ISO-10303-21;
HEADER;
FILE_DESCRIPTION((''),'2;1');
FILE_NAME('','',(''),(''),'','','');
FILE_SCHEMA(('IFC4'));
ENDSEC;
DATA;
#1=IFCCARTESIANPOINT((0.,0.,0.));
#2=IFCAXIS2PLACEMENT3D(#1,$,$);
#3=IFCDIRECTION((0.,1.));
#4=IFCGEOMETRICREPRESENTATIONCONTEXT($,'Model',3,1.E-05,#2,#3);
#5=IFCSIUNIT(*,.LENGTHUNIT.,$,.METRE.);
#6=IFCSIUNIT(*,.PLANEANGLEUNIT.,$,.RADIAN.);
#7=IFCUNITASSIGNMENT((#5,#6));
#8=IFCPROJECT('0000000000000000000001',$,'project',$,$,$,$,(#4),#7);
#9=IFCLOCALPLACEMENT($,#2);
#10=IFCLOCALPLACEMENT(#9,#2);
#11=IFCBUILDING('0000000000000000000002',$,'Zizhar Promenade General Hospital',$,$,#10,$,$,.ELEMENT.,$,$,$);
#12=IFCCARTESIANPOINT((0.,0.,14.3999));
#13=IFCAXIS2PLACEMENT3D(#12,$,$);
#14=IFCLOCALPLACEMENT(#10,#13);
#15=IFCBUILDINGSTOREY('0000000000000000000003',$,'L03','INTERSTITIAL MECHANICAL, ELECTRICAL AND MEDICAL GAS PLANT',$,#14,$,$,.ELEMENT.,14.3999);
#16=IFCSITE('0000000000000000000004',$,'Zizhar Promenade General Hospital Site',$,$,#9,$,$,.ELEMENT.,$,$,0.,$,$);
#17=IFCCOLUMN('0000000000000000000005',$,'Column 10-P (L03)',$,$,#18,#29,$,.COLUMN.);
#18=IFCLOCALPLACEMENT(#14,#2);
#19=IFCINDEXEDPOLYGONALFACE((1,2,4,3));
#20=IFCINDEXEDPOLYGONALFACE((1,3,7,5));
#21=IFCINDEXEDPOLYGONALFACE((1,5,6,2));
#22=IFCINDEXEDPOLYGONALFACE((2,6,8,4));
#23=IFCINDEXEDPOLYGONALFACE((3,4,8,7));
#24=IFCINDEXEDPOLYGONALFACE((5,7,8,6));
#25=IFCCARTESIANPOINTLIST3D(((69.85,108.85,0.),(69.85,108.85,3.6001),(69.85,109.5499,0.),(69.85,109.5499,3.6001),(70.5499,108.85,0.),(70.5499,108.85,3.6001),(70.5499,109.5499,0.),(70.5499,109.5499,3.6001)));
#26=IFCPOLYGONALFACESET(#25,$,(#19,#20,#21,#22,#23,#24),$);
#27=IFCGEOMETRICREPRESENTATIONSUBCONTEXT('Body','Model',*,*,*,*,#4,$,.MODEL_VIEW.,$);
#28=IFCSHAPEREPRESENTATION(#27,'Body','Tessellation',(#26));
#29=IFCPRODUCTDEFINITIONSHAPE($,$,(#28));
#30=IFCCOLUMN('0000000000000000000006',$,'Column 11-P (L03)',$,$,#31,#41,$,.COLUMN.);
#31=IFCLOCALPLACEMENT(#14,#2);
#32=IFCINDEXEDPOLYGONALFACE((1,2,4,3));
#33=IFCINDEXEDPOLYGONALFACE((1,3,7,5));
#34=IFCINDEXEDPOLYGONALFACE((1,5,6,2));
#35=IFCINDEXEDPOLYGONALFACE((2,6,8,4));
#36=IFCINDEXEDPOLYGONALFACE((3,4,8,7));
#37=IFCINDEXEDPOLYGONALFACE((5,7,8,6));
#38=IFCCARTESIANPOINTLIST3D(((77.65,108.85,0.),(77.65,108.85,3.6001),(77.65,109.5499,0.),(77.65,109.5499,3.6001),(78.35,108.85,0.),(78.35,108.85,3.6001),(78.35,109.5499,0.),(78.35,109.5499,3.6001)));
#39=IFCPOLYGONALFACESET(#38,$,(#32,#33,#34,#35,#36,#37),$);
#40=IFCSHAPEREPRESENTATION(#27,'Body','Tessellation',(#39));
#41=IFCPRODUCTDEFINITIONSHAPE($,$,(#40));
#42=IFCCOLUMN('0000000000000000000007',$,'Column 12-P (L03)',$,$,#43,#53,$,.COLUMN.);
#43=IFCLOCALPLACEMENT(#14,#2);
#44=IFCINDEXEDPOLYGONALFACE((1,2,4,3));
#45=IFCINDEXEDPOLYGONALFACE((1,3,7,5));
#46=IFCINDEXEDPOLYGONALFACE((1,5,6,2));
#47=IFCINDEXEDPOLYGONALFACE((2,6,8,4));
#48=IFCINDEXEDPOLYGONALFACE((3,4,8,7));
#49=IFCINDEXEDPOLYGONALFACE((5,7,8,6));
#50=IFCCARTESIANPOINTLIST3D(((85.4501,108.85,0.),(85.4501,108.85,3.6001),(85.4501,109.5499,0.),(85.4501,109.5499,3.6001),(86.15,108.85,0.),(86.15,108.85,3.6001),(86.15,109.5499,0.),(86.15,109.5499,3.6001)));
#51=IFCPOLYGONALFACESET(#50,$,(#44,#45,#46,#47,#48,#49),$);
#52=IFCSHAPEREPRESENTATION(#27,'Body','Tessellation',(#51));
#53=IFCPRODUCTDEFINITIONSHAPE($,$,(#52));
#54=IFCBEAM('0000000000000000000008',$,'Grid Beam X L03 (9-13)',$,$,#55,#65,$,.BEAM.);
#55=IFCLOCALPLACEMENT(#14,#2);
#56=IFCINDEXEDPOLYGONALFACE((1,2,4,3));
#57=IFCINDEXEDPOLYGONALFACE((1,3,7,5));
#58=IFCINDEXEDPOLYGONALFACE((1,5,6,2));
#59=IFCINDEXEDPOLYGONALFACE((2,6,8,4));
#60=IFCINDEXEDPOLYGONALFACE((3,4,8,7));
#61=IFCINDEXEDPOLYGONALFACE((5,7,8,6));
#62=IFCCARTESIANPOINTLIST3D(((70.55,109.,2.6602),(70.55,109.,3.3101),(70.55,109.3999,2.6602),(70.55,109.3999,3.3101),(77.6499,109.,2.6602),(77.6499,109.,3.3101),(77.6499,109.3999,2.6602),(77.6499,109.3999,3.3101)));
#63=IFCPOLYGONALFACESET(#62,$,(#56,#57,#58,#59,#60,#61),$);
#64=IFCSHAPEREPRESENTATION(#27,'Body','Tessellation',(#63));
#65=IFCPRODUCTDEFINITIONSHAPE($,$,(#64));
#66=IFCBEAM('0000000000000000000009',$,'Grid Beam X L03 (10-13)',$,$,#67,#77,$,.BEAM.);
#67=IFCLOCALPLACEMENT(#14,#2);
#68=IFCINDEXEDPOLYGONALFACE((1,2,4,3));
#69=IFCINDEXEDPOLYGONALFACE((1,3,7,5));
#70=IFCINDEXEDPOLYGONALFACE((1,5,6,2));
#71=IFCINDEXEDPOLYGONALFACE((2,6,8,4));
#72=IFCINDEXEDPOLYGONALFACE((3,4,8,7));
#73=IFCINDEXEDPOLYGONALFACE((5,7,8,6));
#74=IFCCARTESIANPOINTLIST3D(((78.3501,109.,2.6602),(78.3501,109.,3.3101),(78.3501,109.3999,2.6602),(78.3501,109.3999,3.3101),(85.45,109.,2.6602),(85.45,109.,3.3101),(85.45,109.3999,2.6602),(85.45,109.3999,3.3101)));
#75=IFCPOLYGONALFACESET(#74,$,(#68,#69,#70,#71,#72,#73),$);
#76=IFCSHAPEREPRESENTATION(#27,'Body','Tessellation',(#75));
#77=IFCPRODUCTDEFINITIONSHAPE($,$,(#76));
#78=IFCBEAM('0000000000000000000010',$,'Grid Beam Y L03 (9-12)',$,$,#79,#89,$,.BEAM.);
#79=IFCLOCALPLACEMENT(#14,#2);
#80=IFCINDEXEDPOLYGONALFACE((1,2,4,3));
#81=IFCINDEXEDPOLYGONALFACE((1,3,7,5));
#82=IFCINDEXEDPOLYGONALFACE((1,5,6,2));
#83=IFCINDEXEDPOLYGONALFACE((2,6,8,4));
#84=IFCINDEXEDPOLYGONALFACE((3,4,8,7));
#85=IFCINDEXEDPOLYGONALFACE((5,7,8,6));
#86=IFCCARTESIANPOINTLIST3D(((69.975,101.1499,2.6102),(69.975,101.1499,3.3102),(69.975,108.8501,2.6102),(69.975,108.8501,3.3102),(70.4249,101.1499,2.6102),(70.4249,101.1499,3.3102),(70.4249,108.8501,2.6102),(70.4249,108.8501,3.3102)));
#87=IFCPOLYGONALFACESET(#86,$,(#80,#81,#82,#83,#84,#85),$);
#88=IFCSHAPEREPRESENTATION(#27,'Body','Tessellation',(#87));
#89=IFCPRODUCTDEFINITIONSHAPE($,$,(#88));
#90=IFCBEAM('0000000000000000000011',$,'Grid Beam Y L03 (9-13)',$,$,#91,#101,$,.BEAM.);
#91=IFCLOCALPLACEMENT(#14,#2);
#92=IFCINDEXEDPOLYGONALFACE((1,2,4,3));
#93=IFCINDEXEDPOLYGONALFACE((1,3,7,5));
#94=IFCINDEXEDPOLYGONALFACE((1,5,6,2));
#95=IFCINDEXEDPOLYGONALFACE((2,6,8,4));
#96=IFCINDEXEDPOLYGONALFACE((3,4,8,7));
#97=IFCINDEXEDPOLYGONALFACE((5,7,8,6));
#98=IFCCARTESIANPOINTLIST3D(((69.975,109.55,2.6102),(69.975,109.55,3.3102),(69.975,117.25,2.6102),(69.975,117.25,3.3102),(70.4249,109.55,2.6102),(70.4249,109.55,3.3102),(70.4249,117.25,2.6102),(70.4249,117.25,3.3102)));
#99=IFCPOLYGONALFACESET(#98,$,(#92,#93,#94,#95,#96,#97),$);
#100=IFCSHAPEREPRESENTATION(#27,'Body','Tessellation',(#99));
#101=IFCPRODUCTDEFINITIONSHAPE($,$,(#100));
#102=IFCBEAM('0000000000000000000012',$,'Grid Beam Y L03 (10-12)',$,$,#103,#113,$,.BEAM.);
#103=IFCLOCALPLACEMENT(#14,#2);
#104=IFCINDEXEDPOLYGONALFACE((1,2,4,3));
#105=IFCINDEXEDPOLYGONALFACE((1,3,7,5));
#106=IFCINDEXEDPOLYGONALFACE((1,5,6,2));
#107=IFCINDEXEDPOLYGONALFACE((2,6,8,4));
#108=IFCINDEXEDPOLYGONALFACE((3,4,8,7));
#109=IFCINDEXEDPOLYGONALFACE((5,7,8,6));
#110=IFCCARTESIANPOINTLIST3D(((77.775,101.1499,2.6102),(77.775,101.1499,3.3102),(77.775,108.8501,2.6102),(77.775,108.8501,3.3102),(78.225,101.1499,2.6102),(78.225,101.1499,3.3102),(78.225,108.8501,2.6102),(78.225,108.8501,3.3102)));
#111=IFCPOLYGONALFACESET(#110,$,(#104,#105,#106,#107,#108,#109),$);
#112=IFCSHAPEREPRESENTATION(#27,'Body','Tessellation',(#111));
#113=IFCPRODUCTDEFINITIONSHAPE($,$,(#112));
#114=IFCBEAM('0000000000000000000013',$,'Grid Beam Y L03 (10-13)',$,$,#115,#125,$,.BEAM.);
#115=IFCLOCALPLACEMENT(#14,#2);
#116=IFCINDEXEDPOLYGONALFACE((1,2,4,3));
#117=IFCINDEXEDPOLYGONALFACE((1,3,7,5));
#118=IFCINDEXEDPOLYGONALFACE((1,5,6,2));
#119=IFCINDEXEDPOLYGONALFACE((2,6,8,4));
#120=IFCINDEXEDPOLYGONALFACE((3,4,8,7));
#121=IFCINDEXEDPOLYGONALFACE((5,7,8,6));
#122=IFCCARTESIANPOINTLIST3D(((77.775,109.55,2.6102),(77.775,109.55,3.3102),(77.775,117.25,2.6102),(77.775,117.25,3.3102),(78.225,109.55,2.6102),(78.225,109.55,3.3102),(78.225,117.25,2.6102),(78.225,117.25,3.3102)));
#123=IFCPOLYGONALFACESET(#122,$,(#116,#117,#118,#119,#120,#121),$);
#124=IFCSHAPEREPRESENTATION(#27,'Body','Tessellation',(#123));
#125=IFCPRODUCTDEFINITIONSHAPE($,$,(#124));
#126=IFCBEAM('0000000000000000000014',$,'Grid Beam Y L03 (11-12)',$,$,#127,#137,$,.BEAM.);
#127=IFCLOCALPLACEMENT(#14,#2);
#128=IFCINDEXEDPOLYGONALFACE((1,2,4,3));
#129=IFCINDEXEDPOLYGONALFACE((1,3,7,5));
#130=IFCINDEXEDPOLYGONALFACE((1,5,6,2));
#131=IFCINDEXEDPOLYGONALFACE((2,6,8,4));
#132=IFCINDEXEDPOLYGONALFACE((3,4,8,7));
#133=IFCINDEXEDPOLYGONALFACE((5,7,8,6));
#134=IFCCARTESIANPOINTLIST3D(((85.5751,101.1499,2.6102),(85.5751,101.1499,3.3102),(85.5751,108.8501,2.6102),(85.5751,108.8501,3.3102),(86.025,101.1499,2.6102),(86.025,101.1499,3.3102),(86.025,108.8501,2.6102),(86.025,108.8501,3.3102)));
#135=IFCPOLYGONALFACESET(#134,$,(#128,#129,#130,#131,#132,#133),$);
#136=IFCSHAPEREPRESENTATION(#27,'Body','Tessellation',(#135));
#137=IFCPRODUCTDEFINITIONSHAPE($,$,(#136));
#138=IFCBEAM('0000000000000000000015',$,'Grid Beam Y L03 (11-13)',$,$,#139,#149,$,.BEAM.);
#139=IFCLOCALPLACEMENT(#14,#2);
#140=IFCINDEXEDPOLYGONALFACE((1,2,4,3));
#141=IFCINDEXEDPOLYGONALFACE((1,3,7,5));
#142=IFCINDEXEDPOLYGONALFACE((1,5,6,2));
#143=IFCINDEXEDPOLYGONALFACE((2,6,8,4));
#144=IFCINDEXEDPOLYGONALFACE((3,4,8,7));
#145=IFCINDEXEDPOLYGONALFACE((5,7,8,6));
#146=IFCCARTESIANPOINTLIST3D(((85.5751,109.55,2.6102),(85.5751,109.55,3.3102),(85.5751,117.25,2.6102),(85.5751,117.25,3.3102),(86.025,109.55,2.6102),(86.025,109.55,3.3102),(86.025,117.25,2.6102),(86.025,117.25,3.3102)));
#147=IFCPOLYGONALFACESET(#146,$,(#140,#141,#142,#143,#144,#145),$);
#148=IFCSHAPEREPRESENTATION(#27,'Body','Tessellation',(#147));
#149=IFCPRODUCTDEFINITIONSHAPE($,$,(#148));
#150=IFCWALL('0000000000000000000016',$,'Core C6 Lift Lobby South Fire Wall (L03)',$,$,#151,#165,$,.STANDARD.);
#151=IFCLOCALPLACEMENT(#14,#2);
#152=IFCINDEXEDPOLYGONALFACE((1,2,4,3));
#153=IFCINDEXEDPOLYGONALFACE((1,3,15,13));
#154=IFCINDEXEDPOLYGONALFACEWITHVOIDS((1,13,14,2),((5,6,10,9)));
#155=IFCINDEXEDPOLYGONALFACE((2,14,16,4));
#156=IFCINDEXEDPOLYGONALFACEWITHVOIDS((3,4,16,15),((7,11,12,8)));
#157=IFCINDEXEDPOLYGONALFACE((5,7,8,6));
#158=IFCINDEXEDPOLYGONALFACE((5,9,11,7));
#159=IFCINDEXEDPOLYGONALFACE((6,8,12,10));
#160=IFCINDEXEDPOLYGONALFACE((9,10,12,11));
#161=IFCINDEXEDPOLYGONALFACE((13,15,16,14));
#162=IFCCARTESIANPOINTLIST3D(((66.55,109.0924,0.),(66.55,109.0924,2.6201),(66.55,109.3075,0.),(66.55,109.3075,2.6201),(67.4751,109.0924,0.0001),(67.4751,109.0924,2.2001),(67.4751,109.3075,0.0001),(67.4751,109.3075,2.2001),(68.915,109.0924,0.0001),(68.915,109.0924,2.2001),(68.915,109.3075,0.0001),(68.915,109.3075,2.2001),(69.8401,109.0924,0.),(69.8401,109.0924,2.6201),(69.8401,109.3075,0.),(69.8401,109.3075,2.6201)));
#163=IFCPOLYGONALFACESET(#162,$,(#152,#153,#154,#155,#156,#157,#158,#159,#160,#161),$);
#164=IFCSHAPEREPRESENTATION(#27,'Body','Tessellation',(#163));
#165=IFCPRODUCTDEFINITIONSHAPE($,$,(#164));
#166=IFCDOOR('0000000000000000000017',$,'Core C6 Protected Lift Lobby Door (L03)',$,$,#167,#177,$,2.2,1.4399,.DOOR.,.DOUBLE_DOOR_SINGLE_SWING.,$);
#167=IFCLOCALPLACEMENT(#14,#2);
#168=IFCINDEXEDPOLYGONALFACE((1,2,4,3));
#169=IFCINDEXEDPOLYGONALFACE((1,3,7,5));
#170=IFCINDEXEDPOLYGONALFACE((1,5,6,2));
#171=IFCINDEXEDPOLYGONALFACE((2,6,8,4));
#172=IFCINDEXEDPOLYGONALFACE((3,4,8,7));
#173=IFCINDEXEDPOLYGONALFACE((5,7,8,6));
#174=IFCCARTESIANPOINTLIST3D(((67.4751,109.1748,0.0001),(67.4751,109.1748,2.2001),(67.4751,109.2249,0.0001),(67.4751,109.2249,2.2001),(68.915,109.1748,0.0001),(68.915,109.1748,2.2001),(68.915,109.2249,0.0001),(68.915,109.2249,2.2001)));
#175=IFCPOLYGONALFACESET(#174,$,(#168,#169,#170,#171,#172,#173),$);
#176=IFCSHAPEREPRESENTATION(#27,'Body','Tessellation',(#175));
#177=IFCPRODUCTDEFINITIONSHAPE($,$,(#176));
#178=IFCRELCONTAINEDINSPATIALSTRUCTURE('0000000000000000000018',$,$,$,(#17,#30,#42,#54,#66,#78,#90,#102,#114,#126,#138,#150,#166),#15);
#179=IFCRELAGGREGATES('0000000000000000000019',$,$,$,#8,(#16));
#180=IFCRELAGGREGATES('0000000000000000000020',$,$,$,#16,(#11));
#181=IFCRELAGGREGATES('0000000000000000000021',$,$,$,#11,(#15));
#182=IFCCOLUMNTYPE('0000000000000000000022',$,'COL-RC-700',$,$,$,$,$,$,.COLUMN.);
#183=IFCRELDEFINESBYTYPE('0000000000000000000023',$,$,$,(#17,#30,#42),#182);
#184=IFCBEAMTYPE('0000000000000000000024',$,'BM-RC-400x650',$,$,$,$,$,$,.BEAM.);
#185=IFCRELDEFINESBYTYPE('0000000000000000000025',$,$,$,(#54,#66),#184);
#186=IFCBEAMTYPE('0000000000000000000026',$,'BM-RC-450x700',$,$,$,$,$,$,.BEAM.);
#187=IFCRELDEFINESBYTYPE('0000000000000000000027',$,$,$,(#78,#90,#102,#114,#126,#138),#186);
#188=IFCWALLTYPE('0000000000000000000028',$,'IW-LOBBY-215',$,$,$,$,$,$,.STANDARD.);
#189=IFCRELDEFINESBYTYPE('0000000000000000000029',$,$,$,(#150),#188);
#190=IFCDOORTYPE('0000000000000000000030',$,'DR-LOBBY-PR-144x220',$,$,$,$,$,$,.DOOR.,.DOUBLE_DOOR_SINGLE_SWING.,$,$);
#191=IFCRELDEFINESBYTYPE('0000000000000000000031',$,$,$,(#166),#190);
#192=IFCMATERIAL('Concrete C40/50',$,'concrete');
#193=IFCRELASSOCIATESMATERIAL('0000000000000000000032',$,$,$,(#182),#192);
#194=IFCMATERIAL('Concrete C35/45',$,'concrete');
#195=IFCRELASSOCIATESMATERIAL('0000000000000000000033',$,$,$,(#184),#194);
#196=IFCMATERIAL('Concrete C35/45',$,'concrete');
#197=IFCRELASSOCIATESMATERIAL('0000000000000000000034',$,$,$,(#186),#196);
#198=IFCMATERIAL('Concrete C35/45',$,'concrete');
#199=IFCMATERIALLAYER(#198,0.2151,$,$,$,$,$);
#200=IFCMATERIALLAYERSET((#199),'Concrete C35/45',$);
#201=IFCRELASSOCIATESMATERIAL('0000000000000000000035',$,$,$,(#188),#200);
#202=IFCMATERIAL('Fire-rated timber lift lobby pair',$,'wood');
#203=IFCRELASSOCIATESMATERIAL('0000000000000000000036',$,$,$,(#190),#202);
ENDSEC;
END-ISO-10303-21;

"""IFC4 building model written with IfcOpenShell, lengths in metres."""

from ifc_helpers import new_model, si_unit, direction, frame, frame_2d, origin, origin_2d, place, context, subcontext, project, spatial, rectangle, extrude, material, layer, layer_set, material_profile, profile_set, type_object, element, fill, save


model = new_model("IFC4")

# Units and contexts
model_context = context("Model", 3, precision=1e-05, world=origin(), true_north=direction((0.0, 1.0)))
body_context = subcontext(model_context, "Body", "Model", "MODEL_VIEW")
ifc_project = project(units=[si_unit("LENGTHUNIT", "METRE"), si_unit("PLANEANGLEUNIT", "RADIAN")], contexts=[model_context])

# Site, building, storey
site_placement = place(None, origin())
site = spatial("IfcSite", under=ifc_project, at=site_placement, Name="Zizhar Promenade General Hospital Site", CompositionType="ELEMENT", RefElevation=0.0)
building_placement = place(site_placement, origin())
building = spatial("IfcBuilding", under=site, at=building_placement, Name="Zizhar Promenade General Hospital", CompositionType="ELEMENT")
storey_placement = place(building_placement, frame((0.0, 0.0, 14.3999)))
storey = spatial("IfcBuildingStorey", under=building, at=storey_placement, Name="L03", Description="INTERSTITIAL MECHANICAL, ELECTRICAL AND MEDICAL GAS PLANT", CompositionType="ELEMENT", Elevation=14.3999)

# Columns
ifc_material_1 = material(Name="Concrete C40/50", Category="concrete")
ifc_material_profile_1 = material_profile(ifc_material_1, rectangle(XDim=0.7, YDim=0.7, at=origin_2d()))
ifc_profile_set_1 = profile_set([ifc_material_profile_1], Name="Concrete C40/50")
column_type = type_object("IfcColumnType", Name="COL-RC-700", PredefinedType="COLUMN", material=ifc_profile_set_1)
for number, where, z_axis, x_axis, name in (
    (1, (70.2, 109.2, 0.0), (0.0, 0.0, 1.0), (1.0, 0.0, 0.0), "Column 10-P (L03)"),
    (2, (78.0, 109.2, 0.0), (0.0, 0.0, 1.0), (1.0, 0.0, 0.0), "Column 11-P (L03)"),
    (3, (85.8, 109.2, 0.0), (0.0, 0.0, 1.0), (1.0, 0.0, 0.0), "Column 12-P (L03)"),
):
    element("IfcColumn", number, at=place(storey_placement, frame(where, z_axis=z_axis, x_axis=x_axis)), inside=storey, type_object=column_type, Name=name, PredefinedType="COLUMN", context=body_context, shape_type="SweptSolid", body=[
        extrude(rectangle(XDim=0.7, YDim=0.7, at=origin_2d()), origin(), (0.0, 0.0, 1.0), 3.6001),
    ])

# Beams
ifc_material_2 = material(Name="Concrete C35/45", Category="concrete")
ifc_material_profile_2 = material_profile(ifc_material_2, rectangle(XDim=0.3999, YDim=0.6499, at=origin_2d()))
ifc_profile_set_2 = profile_set([ifc_material_profile_2], Name="Concrete C35/45")
beam_type_1 = type_object("IfcBeamType", Name="BM-RC-400x650", PredefinedType="BEAM", material=ifc_profile_set_2)
for number, where, z_axis, x_axis, name in (
    (4, (70.55, 109.2, 2.9851), (1.0, 0.0, 0.0), (0.0, 1.0, 0.0), "Grid Beam X L03 (9-13)"),
    (5, (78.3501, 109.2, 2.9851), (1.0, 0.0, 0.0), (0.0, 1.0, 0.0), "Grid Beam X L03 (10-13)"),
):
    element("IfcBeam", number, at=place(storey_placement, frame(where, z_axis=z_axis, x_axis=x_axis)), inside=storey, type_object=beam_type_1, Name=name, PredefinedType="BEAM", context=body_context, shape_type="SweptSolid", body=[
        extrude(rectangle(XDim=0.3999, YDim=0.6499, at=origin_2d()), origin(), (0.0, 0.0, 1.0), 7.0999),
    ])
ifc_material_3 = material(Name="Concrete C35/45", Category="concrete")
ifc_material_profile_3 = material_profile(ifc_material_3, rectangle(XDim=0.45, YDim=0.7, at=origin_2d()))
ifc_profile_set_3 = profile_set([ifc_material_profile_3], Name="Concrete C35/45")
beam_type_2 = type_object("IfcBeamType", Name="BM-RC-450x700", PredefinedType="BEAM", material=ifc_profile_set_3)
beam_1_placement = place(storey_placement, frame((70.2, 101.1499, 2.9602), z_axis=(0.0, 1.0, 0.0), x_axis=(-1.0, 0.0, 0.0)))
element("IfcBeam", 6, at=beam_1_placement, inside=storey, type_object=beam_type_2, Name="Grid Beam Y L03 (9-12)", PredefinedType="BEAM", context=body_context, shape_type="SweptSolid", body=[
    extrude(rectangle(XDim=0.45, YDim=0.7, at=origin_2d()), origin(), (0.0, 0.0, 1.0), 7.7002),
])
beam_2_placement = place(storey_placement, frame((70.2, 109.55, 2.9602), z_axis=(0.0, 1.0, 0.0), x_axis=(-1.0, 0.0, 0.0)))
element("IfcBeam", 7, at=beam_2_placement, inside=storey, type_object=beam_type_2, Name="Grid Beam Y L03 (9-13)", PredefinedType="BEAM", context=body_context, shape_type="SweptSolid", body=[
    extrude(rectangle(XDim=0.45, YDim=0.7, at=origin_2d()), origin(), (0.0, 0.0, 1.0), 7.7),
])
beam_3_placement = place(storey_placement, frame((78.0, 101.1499, 2.9602), z_axis=(0.0, 1.0, 0.0), x_axis=(-1.0, 0.0, 0.0)))
element("IfcBeam", 8, at=beam_3_placement, inside=storey, type_object=beam_type_2, Name="Grid Beam Y L03 (10-12)", PredefinedType="BEAM", context=body_context, shape_type="SweptSolid", body=[
    extrude(rectangle(XDim=0.45, YDim=0.7, at=origin_2d()), origin(), (0.0, 0.0, 1.0), 7.7002),
])
beam_4_placement = place(storey_placement, frame((78.0, 109.55, 2.9602), z_axis=(0.0, 1.0, 0.0), x_axis=(-1.0, 0.0, 0.0)))
element("IfcBeam", 9, at=beam_4_placement, inside=storey, type_object=beam_type_2, Name="Grid Beam Y L03 (10-13)", PredefinedType="BEAM", context=body_context, shape_type="SweptSolid", body=[
    extrude(rectangle(XDim=0.45, YDim=0.7, at=origin_2d()), origin(), (0.0, 0.0, 1.0), 7.7),
])
beam_5_placement = place(storey_placement, frame((85.8, 101.1499, 2.9602), z_axis=(0.0, 1.0, 0.0), x_axis=(-1.0, 0.0, 0.0)))
element("IfcBeam", 10, at=beam_5_placement, inside=storey, type_object=beam_type_2, Name="Grid Beam Y L03 (11-12)", PredefinedType="BEAM", context=body_context, shape_type="SweptSolid", body=[
    extrude(rectangle(XDim=0.45, YDim=0.7, at=origin_2d()), origin(), (0.0, 0.0, 1.0), 7.7002),
])
beam_6_placement = place(storey_placement, frame((85.8, 109.55, 2.9602), z_axis=(0.0, 1.0, 0.0), x_axis=(-1.0, 0.0, 0.0)))
element("IfcBeam", 11, at=beam_6_placement, inside=storey, type_object=beam_type_2, Name="Grid Beam Y L03 (11-13)", PredefinedType="BEAM", context=body_context, shape_type="SweptSolid", body=[
    extrude(rectangle(XDim=0.45, YDim=0.7, at=origin_2d()), origin(), (0.0, 0.0, 1.0), 7.7),
])

# Wall, opening, door
ifc_material_4 = material(Name="Concrete C35/45", Category="concrete")
ifc_layer_1 = layer(ifc_material_4, 0.2151)
ifc_layer_set_1 = layer_set([ifc_layer_1], Name="Concrete C35/45")
wall_type_1 = type_object("IfcWallType", Name="IW-LOBBY-215", PredefinedType="STANDARD", material=ifc_layer_set_1)
wall_1_placement = place(storey_placement, frame((66.55, 109.2, 0.0), z_axis=(0.0, 0.0, 1.0), x_axis=(1.0, 0.0, 0.0)))
wall_1 = element("IfcWall", 12, at=wall_1_placement, inside=storey, type_object=wall_type_1, Name="Core C6 Lift Lobby South Fire Wall (L03)", PredefinedType="STANDARD", context=body_context, shape_type="SweptSolid", body=[
    extrude(rectangle(XDim=3.29, YDim=0.2151, at=frame_2d((1.645, 0.0))), origin(), (0.0, 0.0, 1.0), 2.6201),
])
opening_1_placement = place(wall_1_placement, frame((0.925, 0.0, 0.0)))
opening_1 = element("IfcOpeningElement", 13, at=opening_1_placement, cuts=wall_1, PredefinedType="OPENING", context=body_context, shape_type="SweptSolid", body=[
    extrude(rectangle(XDim=1.4399, YDim=2.2, at=frame_2d((0.72, 1.1001))), frame((0.0, 0.1177, 0.0), z_axis=(0.0, -1.0, 0.0), x_axis=(1.0, 0.0, 0.0)), (0.0, 0.0, 1.0), 0.2351),
])
ifc_material_5 = material(Name="Fire-rated timber lift lobby pair", Category="wood")
door_type_1 = type_object("IfcDoorType", Name="DR-LOBBY-PR-144x220", OperationType="DOUBLE_DOOR_SINGLE_SWING", PredefinedType="DOOR", material=ifc_material_5)
door_1_placement = place(opening_1_placement, origin())
door_1 = element("IfcDoor", 14, at=door_1_placement, inside=storey, type_object=door_type_1, Name="Core C6 Protected Lift Lobby Door (L03)", OperationType="DOUBLE_DOOR_SINGLE_SWING", OverallHeight=2.2, OverallWidth=1.4399, PredefinedType="DOOR", context=body_context, shape_type="SweptSolid", body=[
    extrude(rectangle(XDim=1.4399, YDim=2.2, at=frame_2d((0.72, 1.1001))), frame((0.0, 0.0249, 0.0), z_axis=(0.0, -1.0, 0.0), x_axis=(1.0, 0.0, 0.0)), (0.0, 0.0, 1.0), 0.05),
])
fill(opening_1, door_1)

save(model, "model.ifc")
